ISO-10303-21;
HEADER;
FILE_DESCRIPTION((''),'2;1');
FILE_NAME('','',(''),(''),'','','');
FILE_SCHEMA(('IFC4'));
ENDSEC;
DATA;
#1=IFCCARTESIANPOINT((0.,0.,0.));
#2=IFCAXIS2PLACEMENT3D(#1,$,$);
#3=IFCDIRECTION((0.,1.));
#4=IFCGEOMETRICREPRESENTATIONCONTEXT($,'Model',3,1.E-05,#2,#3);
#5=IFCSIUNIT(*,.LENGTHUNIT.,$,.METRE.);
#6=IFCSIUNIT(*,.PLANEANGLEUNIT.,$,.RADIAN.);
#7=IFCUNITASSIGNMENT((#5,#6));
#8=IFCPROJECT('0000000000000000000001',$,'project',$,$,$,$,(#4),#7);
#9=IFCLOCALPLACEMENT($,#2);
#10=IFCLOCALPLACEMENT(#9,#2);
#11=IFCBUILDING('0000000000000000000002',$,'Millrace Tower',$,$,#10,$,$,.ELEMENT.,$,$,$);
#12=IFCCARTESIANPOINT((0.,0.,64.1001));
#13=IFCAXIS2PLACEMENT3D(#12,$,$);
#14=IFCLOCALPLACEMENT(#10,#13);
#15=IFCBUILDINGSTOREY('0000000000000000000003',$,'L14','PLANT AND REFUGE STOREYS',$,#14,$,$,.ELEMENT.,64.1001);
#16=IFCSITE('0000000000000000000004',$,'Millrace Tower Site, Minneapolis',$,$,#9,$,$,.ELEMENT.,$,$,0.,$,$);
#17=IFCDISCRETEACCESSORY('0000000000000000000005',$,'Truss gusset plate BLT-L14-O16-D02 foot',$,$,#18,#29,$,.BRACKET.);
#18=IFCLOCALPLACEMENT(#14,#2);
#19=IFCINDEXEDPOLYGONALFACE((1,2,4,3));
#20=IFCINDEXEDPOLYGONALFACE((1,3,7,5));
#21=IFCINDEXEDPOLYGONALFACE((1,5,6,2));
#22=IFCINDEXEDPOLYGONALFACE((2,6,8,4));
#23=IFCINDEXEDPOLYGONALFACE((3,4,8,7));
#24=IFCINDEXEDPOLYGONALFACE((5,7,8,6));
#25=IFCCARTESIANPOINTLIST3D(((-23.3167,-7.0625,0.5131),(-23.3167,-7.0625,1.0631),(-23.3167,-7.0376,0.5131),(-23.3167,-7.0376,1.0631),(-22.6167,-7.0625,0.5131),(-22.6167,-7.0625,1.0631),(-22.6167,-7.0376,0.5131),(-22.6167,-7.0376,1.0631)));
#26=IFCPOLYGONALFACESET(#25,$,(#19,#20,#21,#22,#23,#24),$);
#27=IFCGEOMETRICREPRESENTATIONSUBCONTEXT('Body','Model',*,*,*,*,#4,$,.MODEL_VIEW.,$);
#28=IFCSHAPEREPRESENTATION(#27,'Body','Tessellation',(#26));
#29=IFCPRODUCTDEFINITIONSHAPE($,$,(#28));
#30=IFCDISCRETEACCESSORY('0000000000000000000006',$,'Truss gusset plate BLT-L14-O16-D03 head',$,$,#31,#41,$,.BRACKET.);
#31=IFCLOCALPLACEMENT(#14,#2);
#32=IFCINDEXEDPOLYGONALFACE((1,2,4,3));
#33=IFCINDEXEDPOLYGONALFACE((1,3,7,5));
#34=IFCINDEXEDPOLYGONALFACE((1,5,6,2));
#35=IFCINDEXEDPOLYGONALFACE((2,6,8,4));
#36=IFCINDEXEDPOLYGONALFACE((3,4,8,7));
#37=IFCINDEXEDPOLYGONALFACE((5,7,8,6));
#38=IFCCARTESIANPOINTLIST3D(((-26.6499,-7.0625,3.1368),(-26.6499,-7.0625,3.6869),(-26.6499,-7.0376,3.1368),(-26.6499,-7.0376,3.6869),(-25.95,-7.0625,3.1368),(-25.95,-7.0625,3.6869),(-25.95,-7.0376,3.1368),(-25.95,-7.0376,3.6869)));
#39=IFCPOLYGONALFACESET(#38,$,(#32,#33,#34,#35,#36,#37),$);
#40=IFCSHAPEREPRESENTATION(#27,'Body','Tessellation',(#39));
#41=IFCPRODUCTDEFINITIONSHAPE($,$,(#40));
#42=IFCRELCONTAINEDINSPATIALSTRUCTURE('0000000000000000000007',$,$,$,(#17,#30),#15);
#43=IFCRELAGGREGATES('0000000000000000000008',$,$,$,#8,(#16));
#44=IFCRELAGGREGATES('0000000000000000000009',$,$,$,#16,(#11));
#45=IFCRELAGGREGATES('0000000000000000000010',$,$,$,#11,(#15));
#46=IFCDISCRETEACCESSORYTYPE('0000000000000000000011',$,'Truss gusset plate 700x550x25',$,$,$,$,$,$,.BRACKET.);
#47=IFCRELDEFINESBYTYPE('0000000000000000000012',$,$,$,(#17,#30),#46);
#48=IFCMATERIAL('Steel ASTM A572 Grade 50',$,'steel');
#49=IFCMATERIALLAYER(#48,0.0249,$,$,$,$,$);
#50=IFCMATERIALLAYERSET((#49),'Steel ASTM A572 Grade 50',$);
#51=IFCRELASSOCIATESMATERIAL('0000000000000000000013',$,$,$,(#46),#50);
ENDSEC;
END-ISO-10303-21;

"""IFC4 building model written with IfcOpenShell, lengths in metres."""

from ifc_helpers import new_model, si_unit, direction, frame, origin, origin_2d, place, context, subcontext, project, spatial, rectangle, extrude, material, layer, layer_set, type_object, element, save


model = new_model("IFC4")

# Units and contexts
model_context = context("Model", 3, precision=1e-05, world=origin(), true_north=direction((0.0, 1.0)))
body_context = subcontext(model_context, "Body", "Model", "MODEL_VIEW")
ifc_project = project(units=[si_unit("LENGTHUNIT", "METRE"), si_unit("PLANEANGLEUNIT", "RADIAN")], contexts=[model_context])

# Site, building, storey
site_placement = place(None, origin())
site = spatial("IfcSite", under=ifc_project, at=site_placement, Name="Millrace Tower Site, Minneapolis", CompositionType="ELEMENT", RefElevation=0.0)
building_placement = place(site_placement, origin())
building = spatial("IfcBuilding", under=site, at=building_placement, Name="Millrace Tower", CompositionType="ELEMENT")
storey_placement = place(building_placement, frame((0.0, 0.0, 64.1001)))
storey = spatial("IfcBuildingStorey", under=building, at=storey_placement, Name="L14", Description="PLANT AND REFUGE STOREYS", CompositionType="ELEMENT", Elevation=64.1001)

# Discrete accessories
ifc_material_1 = material(Name="Steel ASTM A572 Grade 50", Category="steel")
ifc_layer_1 = layer(ifc_material_1, 0.0249)
ifc_layer_set_1 = layer_set([ifc_layer_1], Name="Steel ASTM A572 Grade 50")
discrete_accessory_type_1 = type_object("IfcDiscreteAccessoryType", Name="Truss gusset plate 700x550x25", PredefinedType="BRACKET", material=ifc_layer_set_1)
for number, where, z_axis, x_axis, name in (
    (1, (-23.3167, -7.05, 0.7881), (1.0, 0.0, 0.0), (0.0, 1.0, 0.0), "Truss gusset plate BLT-L14-O16-D02 foot"),
    (2, (-26.6499, -7.05, 3.4119), (1.0, 0.0, 0.0), (0.0, 1.0, 0.0), "Truss gusset plate BLT-L14-O16-D03 head"),
):
    element("IfcDiscreteAccessory", number, at=place(storey_placement, frame(where, z_axis=z_axis, x_axis=x_axis)), inside=storey, type_object=discrete_accessory_type_1, Name=name, PredefinedType="BRACKET", context=body_context, shape_type="SweptSolid", body=[
        extrude(rectangle(XDim=0.0249, YDim=0.55, at=origin_2d()), origin(), (0.0, 0.0, 1.0), 0.7),
    ])

save(model, "model.ifc")
